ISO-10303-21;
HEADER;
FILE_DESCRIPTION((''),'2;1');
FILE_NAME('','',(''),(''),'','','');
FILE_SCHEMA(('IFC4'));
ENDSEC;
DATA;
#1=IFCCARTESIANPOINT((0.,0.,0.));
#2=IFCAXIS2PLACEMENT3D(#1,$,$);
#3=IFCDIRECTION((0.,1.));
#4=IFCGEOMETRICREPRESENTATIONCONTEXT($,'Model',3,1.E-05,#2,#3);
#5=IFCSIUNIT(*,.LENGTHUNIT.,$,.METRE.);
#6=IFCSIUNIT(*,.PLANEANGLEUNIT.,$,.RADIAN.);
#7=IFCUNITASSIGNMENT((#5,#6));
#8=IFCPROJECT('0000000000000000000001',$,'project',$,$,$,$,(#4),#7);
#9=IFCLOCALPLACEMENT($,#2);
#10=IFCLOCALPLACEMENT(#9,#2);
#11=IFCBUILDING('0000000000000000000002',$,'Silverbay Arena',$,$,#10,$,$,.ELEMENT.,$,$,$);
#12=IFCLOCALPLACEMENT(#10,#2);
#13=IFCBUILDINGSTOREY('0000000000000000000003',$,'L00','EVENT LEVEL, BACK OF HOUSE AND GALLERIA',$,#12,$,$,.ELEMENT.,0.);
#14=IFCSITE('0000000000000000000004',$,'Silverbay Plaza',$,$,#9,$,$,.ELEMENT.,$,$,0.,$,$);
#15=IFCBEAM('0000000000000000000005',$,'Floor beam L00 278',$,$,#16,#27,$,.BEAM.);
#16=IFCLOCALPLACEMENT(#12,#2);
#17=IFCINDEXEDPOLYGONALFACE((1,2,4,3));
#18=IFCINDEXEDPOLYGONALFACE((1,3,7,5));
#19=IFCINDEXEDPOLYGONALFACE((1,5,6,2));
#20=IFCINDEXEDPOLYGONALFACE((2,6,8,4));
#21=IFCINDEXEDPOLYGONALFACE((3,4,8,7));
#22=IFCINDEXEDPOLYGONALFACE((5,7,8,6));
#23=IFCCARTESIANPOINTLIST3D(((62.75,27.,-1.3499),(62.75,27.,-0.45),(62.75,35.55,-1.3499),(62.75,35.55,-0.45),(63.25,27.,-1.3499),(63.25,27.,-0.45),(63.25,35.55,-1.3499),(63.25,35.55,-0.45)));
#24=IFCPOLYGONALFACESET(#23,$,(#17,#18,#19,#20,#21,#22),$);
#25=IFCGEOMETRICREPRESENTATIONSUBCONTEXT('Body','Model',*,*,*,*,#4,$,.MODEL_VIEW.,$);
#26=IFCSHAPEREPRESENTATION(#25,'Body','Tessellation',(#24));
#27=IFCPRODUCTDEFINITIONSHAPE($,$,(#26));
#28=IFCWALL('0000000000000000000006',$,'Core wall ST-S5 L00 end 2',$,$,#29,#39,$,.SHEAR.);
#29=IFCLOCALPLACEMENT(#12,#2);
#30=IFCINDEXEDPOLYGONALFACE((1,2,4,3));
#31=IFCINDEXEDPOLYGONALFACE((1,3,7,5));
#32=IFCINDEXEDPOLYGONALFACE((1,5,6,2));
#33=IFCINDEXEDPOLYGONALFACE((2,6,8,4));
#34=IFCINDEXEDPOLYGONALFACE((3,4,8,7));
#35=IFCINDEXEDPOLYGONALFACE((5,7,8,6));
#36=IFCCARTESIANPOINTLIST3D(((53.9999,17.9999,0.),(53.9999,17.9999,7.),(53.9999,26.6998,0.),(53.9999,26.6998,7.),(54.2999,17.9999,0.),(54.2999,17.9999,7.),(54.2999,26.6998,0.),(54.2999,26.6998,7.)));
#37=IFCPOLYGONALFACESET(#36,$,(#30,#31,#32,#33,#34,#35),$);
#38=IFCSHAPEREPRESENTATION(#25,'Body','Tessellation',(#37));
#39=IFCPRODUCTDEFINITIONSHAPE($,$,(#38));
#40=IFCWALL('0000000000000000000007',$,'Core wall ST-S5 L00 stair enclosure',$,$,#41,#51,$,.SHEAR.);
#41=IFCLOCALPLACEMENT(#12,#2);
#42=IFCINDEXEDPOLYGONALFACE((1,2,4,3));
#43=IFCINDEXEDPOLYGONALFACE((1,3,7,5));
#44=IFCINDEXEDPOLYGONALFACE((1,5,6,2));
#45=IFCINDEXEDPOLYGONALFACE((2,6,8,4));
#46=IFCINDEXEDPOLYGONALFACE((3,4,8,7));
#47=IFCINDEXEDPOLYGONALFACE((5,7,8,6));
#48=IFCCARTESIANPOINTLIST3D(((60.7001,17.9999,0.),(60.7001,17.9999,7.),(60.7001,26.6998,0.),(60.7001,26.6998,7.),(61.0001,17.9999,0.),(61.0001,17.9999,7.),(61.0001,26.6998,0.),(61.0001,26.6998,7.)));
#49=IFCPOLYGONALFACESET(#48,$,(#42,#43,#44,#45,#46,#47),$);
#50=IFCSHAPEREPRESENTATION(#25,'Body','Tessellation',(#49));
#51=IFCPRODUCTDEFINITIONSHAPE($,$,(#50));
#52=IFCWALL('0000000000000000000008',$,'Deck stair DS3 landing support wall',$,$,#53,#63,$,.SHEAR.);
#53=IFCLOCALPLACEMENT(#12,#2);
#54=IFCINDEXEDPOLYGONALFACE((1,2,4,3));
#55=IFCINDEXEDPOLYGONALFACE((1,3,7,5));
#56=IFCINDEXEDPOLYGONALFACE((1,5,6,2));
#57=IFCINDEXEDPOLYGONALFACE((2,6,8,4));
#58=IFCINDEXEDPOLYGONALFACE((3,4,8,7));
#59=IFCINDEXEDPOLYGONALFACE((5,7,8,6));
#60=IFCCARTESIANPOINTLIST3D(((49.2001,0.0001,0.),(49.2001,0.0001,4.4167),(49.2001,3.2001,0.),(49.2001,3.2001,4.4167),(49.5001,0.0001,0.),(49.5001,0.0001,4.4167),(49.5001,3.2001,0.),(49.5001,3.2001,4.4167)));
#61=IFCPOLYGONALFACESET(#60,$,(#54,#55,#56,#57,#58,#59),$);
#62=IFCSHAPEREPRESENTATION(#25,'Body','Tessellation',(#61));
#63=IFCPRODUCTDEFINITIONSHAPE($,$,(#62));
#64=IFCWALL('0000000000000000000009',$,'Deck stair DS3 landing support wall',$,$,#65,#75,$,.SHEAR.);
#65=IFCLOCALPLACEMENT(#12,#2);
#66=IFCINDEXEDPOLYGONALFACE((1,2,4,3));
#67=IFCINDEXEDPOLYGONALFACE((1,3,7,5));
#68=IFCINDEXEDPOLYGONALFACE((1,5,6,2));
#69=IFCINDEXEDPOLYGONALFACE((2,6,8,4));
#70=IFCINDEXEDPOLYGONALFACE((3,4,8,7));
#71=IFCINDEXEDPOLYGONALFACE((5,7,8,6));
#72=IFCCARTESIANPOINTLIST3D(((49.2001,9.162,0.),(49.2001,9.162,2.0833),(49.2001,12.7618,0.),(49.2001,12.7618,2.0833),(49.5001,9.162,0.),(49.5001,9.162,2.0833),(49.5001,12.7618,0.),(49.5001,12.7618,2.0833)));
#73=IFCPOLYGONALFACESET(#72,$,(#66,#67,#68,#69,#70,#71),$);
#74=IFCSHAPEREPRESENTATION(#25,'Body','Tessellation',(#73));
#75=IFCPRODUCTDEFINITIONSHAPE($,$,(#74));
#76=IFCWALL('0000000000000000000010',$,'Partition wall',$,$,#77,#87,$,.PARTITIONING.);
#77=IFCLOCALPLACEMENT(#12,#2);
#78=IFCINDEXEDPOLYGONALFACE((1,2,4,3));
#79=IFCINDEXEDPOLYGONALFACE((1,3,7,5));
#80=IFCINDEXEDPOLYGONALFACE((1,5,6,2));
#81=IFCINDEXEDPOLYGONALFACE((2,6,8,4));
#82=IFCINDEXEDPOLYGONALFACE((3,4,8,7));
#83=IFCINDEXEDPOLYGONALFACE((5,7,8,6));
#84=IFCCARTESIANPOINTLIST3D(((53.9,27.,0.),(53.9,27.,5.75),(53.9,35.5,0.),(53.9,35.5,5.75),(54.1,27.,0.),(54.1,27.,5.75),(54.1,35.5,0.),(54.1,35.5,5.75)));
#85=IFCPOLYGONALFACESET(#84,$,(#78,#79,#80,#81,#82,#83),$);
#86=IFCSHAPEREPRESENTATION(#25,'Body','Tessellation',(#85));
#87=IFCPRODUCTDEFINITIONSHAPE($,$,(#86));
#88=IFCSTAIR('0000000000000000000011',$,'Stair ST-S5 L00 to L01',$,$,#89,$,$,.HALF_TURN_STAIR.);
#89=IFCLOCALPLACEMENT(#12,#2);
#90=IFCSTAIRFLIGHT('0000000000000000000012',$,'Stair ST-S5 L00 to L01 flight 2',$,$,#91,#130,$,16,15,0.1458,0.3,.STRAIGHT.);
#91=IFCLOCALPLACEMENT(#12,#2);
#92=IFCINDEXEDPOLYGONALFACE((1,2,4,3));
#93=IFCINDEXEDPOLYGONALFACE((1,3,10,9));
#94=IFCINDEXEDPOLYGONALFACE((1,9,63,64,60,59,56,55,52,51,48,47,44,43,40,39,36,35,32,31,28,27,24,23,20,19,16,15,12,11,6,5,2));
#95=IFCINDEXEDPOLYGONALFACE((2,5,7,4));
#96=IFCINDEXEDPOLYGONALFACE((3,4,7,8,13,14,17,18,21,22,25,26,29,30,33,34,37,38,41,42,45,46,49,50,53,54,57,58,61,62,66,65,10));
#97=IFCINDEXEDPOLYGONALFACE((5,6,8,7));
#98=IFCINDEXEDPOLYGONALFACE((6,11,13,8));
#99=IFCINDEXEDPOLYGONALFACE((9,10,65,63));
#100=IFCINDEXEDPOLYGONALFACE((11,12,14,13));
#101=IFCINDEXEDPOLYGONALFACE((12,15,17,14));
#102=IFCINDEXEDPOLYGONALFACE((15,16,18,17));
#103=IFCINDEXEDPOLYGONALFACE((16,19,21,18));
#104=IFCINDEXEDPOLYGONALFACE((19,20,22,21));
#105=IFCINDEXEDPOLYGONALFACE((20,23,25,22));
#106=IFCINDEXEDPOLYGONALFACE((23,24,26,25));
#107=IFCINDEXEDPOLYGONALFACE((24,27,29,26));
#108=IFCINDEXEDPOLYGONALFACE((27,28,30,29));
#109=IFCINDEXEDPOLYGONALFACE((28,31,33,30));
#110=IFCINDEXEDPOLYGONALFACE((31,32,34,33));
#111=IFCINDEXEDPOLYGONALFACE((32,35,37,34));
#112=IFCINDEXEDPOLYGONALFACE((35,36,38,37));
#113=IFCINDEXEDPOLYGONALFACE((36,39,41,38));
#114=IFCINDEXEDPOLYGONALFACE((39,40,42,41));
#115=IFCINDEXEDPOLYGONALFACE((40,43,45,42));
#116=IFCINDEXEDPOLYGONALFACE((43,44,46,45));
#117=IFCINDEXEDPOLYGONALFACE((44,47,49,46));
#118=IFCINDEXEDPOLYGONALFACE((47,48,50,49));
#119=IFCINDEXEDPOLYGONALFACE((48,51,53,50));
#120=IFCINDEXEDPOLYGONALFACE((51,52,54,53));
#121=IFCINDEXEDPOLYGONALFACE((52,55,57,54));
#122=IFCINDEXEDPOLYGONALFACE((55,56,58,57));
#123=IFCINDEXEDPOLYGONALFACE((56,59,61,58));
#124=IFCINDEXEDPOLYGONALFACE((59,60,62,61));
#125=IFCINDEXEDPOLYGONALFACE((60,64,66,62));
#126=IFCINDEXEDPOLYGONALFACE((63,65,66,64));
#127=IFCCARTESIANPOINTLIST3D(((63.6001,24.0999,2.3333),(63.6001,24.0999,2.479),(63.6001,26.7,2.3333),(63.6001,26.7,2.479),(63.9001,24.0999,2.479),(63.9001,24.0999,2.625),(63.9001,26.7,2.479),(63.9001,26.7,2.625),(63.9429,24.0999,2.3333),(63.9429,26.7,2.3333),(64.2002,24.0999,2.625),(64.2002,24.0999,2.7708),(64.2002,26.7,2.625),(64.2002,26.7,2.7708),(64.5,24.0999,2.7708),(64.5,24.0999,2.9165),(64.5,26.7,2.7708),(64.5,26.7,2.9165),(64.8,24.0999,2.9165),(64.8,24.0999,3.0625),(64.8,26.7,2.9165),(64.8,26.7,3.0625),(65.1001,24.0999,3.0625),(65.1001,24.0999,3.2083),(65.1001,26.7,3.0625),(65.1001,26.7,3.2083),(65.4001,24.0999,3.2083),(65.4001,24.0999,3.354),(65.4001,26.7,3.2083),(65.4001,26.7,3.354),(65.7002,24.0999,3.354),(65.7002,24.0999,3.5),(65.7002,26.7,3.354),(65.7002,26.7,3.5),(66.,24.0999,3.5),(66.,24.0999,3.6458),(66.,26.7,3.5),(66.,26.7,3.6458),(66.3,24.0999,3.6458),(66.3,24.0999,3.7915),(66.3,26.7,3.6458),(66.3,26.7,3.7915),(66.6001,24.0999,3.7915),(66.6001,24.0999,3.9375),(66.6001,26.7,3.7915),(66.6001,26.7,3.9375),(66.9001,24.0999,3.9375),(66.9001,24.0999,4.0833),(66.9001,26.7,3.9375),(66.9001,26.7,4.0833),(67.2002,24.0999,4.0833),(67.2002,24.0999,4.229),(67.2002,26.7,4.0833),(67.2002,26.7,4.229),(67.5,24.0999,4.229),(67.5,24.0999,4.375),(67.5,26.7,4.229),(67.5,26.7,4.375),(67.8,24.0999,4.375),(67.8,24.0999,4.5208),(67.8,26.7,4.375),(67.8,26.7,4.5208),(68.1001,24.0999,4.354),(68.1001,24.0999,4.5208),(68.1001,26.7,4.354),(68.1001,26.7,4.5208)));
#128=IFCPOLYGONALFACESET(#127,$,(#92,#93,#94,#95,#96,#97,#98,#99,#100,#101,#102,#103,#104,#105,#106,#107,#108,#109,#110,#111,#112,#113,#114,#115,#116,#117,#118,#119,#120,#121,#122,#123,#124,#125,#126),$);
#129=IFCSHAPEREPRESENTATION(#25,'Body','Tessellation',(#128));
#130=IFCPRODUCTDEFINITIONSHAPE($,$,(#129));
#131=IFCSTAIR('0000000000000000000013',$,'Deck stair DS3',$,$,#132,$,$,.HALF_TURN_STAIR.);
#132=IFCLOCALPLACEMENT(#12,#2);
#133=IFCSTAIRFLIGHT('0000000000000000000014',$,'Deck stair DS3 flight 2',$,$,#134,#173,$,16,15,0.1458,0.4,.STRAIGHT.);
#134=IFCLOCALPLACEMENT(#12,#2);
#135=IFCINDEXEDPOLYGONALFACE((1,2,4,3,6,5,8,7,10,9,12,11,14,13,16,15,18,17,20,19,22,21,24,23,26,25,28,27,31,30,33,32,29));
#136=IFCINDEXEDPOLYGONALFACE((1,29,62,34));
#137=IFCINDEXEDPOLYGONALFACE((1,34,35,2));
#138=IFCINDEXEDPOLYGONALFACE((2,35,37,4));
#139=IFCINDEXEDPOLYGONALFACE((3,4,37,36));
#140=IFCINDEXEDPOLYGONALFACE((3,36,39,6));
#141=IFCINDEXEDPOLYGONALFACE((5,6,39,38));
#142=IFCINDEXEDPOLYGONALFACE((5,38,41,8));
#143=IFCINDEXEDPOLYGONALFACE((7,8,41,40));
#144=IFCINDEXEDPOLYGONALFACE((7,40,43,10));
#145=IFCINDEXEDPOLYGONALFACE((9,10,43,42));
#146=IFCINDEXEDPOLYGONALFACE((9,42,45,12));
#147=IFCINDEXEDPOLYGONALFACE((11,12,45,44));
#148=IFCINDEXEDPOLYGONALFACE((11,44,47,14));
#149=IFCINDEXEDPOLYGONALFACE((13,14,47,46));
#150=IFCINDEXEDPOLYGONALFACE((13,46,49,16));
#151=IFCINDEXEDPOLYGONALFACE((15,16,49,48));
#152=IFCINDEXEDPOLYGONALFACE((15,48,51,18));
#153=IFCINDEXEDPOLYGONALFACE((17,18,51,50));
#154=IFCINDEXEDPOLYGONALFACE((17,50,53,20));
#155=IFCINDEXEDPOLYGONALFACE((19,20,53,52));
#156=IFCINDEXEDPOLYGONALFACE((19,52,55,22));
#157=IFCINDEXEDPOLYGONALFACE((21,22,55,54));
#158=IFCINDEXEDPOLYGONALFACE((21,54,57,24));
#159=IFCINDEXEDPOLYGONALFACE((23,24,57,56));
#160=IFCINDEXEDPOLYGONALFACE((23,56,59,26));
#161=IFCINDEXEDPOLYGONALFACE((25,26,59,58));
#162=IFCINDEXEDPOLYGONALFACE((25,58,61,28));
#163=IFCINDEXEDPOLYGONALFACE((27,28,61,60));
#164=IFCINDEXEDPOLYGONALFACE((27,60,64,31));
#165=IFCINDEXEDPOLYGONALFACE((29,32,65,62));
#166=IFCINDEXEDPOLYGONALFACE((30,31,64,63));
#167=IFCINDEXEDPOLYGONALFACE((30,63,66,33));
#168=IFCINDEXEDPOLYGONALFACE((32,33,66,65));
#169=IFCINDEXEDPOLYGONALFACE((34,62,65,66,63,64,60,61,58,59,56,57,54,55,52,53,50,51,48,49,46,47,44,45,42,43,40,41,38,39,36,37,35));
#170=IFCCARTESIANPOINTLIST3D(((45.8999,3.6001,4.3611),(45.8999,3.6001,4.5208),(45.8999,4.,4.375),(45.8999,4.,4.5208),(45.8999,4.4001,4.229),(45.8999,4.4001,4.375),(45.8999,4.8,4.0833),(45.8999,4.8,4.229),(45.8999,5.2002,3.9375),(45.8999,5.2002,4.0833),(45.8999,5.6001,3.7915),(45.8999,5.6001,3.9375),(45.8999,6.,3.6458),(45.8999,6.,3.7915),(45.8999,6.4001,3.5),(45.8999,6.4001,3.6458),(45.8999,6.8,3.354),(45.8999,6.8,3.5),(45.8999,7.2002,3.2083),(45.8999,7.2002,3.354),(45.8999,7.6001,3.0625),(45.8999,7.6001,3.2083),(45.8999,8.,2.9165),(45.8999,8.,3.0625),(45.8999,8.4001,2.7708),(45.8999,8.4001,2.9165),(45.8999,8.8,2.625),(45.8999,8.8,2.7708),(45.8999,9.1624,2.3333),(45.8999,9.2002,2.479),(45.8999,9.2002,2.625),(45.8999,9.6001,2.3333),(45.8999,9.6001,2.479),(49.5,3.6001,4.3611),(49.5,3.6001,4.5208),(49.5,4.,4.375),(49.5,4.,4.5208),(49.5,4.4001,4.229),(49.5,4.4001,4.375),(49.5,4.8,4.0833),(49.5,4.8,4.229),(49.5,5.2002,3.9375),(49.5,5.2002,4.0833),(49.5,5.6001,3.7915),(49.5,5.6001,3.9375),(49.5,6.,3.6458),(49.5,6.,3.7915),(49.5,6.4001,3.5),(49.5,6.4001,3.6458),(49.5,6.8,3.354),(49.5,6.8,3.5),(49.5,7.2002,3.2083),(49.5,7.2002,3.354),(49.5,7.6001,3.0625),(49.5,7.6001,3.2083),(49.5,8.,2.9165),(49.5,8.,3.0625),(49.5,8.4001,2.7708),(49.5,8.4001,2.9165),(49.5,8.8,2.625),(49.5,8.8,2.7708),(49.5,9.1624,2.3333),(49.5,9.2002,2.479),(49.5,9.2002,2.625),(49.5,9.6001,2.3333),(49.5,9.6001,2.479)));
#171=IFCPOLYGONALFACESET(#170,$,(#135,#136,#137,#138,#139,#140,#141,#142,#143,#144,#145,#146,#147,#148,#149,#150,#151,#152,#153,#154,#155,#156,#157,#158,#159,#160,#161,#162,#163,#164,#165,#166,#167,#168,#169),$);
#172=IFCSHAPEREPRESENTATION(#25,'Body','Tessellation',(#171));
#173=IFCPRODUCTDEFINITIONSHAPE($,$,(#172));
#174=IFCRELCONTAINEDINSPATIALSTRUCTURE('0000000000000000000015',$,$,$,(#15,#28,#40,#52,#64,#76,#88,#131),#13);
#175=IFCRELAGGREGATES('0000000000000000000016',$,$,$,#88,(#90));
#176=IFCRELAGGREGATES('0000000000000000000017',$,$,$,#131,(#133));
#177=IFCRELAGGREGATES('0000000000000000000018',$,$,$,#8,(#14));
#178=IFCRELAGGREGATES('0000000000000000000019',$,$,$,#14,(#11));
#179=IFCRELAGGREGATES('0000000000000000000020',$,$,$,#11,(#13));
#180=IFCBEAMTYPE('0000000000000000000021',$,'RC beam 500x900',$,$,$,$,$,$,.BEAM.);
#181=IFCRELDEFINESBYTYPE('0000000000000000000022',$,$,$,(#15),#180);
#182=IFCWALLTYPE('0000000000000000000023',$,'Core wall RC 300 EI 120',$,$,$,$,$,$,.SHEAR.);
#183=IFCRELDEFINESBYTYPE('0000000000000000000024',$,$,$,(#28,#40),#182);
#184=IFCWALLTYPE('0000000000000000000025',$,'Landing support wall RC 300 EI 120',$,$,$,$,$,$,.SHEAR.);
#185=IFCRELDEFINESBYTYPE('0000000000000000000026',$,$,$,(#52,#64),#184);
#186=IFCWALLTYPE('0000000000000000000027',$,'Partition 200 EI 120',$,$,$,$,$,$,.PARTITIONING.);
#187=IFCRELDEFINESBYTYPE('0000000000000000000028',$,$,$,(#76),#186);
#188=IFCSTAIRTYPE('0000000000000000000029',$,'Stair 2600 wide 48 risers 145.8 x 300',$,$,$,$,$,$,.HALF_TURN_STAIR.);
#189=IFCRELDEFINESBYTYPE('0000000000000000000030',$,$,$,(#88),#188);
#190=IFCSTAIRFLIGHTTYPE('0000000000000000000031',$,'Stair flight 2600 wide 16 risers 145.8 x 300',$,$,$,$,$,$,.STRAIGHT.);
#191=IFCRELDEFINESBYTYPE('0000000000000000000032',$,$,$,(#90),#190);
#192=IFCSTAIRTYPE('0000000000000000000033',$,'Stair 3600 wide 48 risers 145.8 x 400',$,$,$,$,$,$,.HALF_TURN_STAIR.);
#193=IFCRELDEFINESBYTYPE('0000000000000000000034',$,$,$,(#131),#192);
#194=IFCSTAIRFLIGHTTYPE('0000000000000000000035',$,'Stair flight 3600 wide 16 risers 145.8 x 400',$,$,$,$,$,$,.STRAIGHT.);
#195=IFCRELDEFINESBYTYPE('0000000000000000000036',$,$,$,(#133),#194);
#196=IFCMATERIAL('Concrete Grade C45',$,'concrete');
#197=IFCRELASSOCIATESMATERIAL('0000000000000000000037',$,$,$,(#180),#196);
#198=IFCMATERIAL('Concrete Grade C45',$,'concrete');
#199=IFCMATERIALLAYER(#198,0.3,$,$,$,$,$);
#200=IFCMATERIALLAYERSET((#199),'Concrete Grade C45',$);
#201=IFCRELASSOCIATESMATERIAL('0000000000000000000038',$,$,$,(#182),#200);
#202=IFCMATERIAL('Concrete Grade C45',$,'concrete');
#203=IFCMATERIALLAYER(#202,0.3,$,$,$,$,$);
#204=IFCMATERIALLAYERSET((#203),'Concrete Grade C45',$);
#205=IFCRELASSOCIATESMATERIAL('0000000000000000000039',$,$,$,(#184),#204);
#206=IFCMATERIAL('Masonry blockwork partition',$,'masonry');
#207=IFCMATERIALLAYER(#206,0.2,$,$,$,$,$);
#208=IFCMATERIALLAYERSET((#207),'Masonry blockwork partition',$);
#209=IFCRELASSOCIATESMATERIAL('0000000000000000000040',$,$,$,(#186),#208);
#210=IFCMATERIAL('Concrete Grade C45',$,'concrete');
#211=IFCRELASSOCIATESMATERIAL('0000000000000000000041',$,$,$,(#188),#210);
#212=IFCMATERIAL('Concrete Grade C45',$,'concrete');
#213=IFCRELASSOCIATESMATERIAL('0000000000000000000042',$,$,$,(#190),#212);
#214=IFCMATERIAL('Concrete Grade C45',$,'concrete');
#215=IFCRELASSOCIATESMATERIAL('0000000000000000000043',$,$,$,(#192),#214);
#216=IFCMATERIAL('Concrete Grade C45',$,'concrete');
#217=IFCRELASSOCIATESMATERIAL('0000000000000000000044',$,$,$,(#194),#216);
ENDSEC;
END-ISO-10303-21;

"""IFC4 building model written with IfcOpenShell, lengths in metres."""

from ifc_helpers import new_model, si_unit, direction, frame, frame_2d, origin, origin_2d, place, context, subcontext, project, spatial, polyline, rectangle, outline, extrude, material, layer, layer_set, material_profile, profile_set, type_object, element, aggregate, save


model = new_model("IFC4")

# Units and contexts
model_context = context("Model", 3, precision=1e-05, world=origin(), true_north=direction((0.0, 1.0)))
body_context = subcontext(model_context, "Body", "Model", "MODEL_VIEW")
ifc_project = project(units=[si_unit("LENGTHUNIT", "METRE"), si_unit("PLANEANGLEUNIT", "RADIAN")], contexts=[model_context])

# Site, building, storey
site_placement = place(None, origin())
site = spatial("IfcSite", under=ifc_project, at=site_placement, Name="Silverbay Plaza", CompositionType="ELEMENT", RefElevation=0.0)
building_placement = place(site_placement, origin())
building = spatial("IfcBuilding", under=site, at=building_placement, Name="Silverbay Arena", CompositionType="ELEMENT")
storey_placement = place(building_placement, origin())
storey = spatial("IfcBuildingStorey", under=building, at=storey_placement, Name="L00", Description="EVENT LEVEL, BACK OF HOUSE AND GALLERIA", CompositionType="ELEMENT", Elevation=0.0)

# Beam
ifc_material_1 = material(Name="Concrete Grade C45", Category="concrete")
ifc_material_profile_1 = material_profile(ifc_material_1, rectangle(XDim=0.5, YDim=0.8999, at=origin_2d()), Name="RC 500x900")
ifc_profile_set_1 = profile_set([ifc_material_profile_1], Name="Concrete Grade C45")
beam_type = type_object("IfcBeamType", Name="RC beam 500x900", PredefinedType="BEAM", material=ifc_profile_set_1)
beam_1_placement = place(storey_placement, frame((63.0, 27.0, -0.8999), z_axis=(0.0, 1.0, 0.0), x_axis=(-1.0, 0.0, 0.0)))
element("IfcBeam", 1, at=beam_1_placement, inside=storey, type_object=beam_type, Name="Floor beam L00 278", PredefinedType="BEAM", context=body_context, shape_type="SweptSolid", body=[
    extrude(rectangle(XDim=0.5, YDim=0.8999, at=origin_2d()), origin(), (0.0, 0.0, 1.0), 8.55),
])

# Walls
ifc_material_2 = material(Name="Concrete Grade C45", Category="concrete")
ifc_layer_1 = layer(ifc_material_2, 0.3)
ifc_layer_set_1 = layer_set([ifc_layer_1], Name="Concrete Grade C45")
wall_type_1 = type_object("IfcWallType", Name="Core wall RC 300 EI 120", PredefinedType="SHEAR", material=ifc_layer_set_1)
for number, where, z_axis, x_axis, name in (
    (2, (54.1499, 26.7, 0.0), (0.0, 0.0, 1.0), (0.0, -1.0, 0.0), "Core wall ST-S5 L00 end 2"),
    (3, (60.8501, 26.7, 0.0), (0.0, 0.0, 1.0), (0.0, -1.0, 0.0), "Core wall ST-S5 L00 stair enclosure"),
):
    element("IfcWall", number, at=place(storey_placement, frame(where, z_axis=z_axis, x_axis=x_axis)), inside=storey, type_object=wall_type_1, Name=name, PredefinedType="SHEAR", context=body_context, shape_type="SweptSolid", body=[
        extrude(rectangle(XDim=8.7, YDim=0.3, at=frame_2d((4.3501, 0.0))), origin(), (0.0, 0.0, 1.0), 7.0),
    ])
ifc_material_3 = material(Name="Concrete Grade C45", Category="concrete")
ifc_layer_2 = layer(ifc_material_3, 0.3)
ifc_layer_set_2 = layer_set([ifc_layer_2], Name="Concrete Grade C45")
wall_type_2 = type_object("IfcWallType", Name="Landing support wall RC 300 EI 120", PredefinedType="SHEAR", material=ifc_layer_set_2)
wall_1_placement = place(storey_placement, frame((49.3501, 0.0, 0.0), z_axis=(0.0, 0.0, 1.0), x_axis=(0.0, 1.0, 0.0)))
element("IfcWall", 4, at=wall_1_placement, inside=storey, type_object=wall_type_2, Name="Deck stair DS3 landing support wall", PredefinedType="SHEAR", context=body_context, shape_type="SweptSolid", body=[
    extrude(rectangle(XDim=3.2, YDim=0.3, at=frame_2d((1.6001, 0.0))), origin(), (0.0, 0.0, 1.0), 4.4167),
])
wall_2_placement = place(storey_placement, frame((49.3501, 9.1621, 0.0), z_axis=(0.0, 0.0, 1.0), x_axis=(0.0, 1.0, 0.0)))
element("IfcWall", 5, at=wall_2_placement, inside=storey, type_object=wall_type_2, Name="Deck stair DS3 landing support wall", PredefinedType="SHEAR", context=body_context, shape_type="SweptSolid", body=[
    extrude(rectangle(XDim=3.5999, YDim=0.3, at=frame_2d((1.7998, 0.0))), origin(), (0.0, 0.0, 1.0), 2.0833),
])
ifc_material_4 = material(Name="Masonry blockwork partition", Category="masonry")
ifc_layer_3 = layer(ifc_material_4, 0.2)
ifc_layer_set_3 = layer_set([ifc_layer_3], Name="Masonry blockwork partition")
wall_type_3 = type_object("IfcWallType", Name="Partition 200 EI 120", PredefinedType="PARTITIONING", material=ifc_layer_set_3)
wall_3_placement = place(storey_placement, frame((54.0, 27.0, 0.0), z_axis=(0.0, 0.0, 1.0), x_axis=(0.0, 1.0, 0.0)))
element("IfcWall", 6, at=wall_3_placement, inside=storey, type_object=wall_type_3, Name="Partition wall", PredefinedType="PARTITIONING", context=body_context, shape_type="SweptSolid", body=[
    extrude(rectangle(XDim=8.5, YDim=0.2, at=frame_2d((4.25, 0.0))), origin(), (0.0, 0.0, 1.0), 5.75),
])

# Stairs, stair flights
ifc_material_5 = material(Name="Concrete Grade C45", Category="concrete")
stair_type_1 = type_object("IfcStairType", Name="Stair 2600 wide 48 risers 145.8 x 300", PredefinedType="HALF_TURN_STAIR", material=ifc_material_5)
stair_1_placement = place(storey_placement, origin())
stair_1 = element("IfcStair", 7, at=stair_1_placement, inside=storey, type_object=stair_type_1, Name="Stair ST-S5 L00 to L01", PredefinedType="HALF_TURN_STAIR")
ifc_material_6 = material(Name="Concrete Grade C45", Category="concrete")
stair_flight_type_1 = type_object("IfcStairFlightType", Name="Stair flight 2600 wide 16 risers 145.8 x 300", PredefinedType="STRAIGHT", material=ifc_material_6)
stair_flight_1_placement = place(storey_placement, frame((63.6001, 25.3999, 2.3333), z_axis=(0.0, 0.0, 1.0), x_axis=(1.0, 0.0, 0.0)))
stair_flight_1 = element("IfcStairFlight", 8, at=stair_flight_1_placement, type_object=stair_flight_type_1, Name="Stair ST-S5 L00 to L01 flight 2", NumberOfRisers=16, NumberOfTreads=15, PredefinedType="STRAIGHT", RiserHeight=0.1458, TreadLength=0.3, context=body_context, shape_type="SweptSolid", body=[
    extrude(outline(polyline([(0.0, 0.0), (0.0, 0.1458), (0.3, 0.1458), (0.3, 0.2917), (0.6001, 0.2917), (0.6001, 0.4375), (0.8999, 0.4375), (0.8999, 0.5833), (1.2, 0.5833), (1.2, 0.7292), (1.5, 0.7292), (1.5, 0.875), (1.8, 0.875), (1.8, 1.0208), (2.1001, 1.0208), (2.1001, 1.1667), (2.3999, 1.1667), (2.3999, 1.3125), (2.7, 1.3125), (2.7, 1.4583), (3.0, 1.4583), (3.0, 1.6042), (3.3, 1.6042), (3.3, 1.75), (3.6001, 1.75), (3.6001, 1.8958), (3.8999, 1.8958), (3.8999, 2.0417), (4.2, 2.0417), (4.2, 2.1875), (4.5, 2.1875), (4.5, 2.0208), (0.3428, 0.0), (0.0, 0.0)])), frame((0.0, 1.3, 0.0), z_axis=(0.0, -1.0, 0.0), x_axis=(1.0, 0.0, 0.0)), (0.0, 0.0, 1.0), 2.6001),
])
aggregate(stair_1, [stair_flight_1])
ifc_material_7 = material(Name="Concrete Grade C45", Category="concrete")
stair_type_2 = type_object("IfcStairType", Name="Stair 3600 wide 48 risers 145.8 x 400", PredefinedType="HALF_TURN_STAIR", material=ifc_material_7)
stair_2_placement = place(storey_placement, origin())
stair_2 = element("IfcStair", 9, at=stair_2_placement, inside=storey, type_object=stair_type_2, Name="Deck stair DS3", PredefinedType="HALF_TURN_STAIR")
ifc_material_8 = material(Name="Concrete Grade C45", Category="concrete")
stair_flight_type_2 = type_object("IfcStairFlightType", Name="Stair flight 3600 wide 16 risers 145.8 x 400", PredefinedType="STRAIGHT", material=ifc_material_8)
stair_flight_2_placement = place(storey_placement, frame((47.7, 9.6001, 2.3333), z_axis=(0.0, 0.0, 1.0), x_axis=(0.0, -1.0, 0.0)))
stair_flight_2 = element("IfcStairFlight", 10, at=stair_flight_2_placement, type_object=stair_flight_type_2, Name="Deck stair DS3 flight 2", NumberOfRisers=16, NumberOfTreads=15, PredefinedType="STRAIGHT", RiserHeight=0.1458, TreadLength=0.4, context=body_context, shape_type="SweptSolid", body=[
    extrude(outline(polyline([(0.0, 0.0), (0.0, 0.1458), (0.3999, 0.1458), (0.3999, 0.2917), (0.8, 0.2917), (0.8, 0.4375), (1.2, 0.4375), (1.2, 0.5833), (1.6001, 0.5833), (1.6001, 0.7292), (2.0, 0.7292), (2.0, 0.875), (2.3999, 0.875), (2.3999, 1.0208), (2.8, 1.0208), (2.8, 1.1667), (3.2, 1.1667), (3.2, 1.3125), (3.6001, 1.3125), (3.6001, 1.4583), (4.0, 1.4583), (4.0, 1.6042), (4.3999, 1.6042), (4.3999, 1.75), (4.8, 1.75), (4.8, 1.8958), (5.2, 1.8958), (5.2, 2.0417), (5.6001, 2.0417), (5.6001, 2.1875), (6.0, 2.1875), (6.0, 2.0278), (0.4377, 0.0), (0.0, 0.0)])), frame((0.0, 1.8, 0.0), z_axis=(0.0, -1.0, 0.0), x_axis=(1.0, 0.0, 0.0)), (0.0, 0.0, 1.0), 3.6001),
])
aggregate(stair_2, [stair_flight_2])

save(model, "model.ifc")
